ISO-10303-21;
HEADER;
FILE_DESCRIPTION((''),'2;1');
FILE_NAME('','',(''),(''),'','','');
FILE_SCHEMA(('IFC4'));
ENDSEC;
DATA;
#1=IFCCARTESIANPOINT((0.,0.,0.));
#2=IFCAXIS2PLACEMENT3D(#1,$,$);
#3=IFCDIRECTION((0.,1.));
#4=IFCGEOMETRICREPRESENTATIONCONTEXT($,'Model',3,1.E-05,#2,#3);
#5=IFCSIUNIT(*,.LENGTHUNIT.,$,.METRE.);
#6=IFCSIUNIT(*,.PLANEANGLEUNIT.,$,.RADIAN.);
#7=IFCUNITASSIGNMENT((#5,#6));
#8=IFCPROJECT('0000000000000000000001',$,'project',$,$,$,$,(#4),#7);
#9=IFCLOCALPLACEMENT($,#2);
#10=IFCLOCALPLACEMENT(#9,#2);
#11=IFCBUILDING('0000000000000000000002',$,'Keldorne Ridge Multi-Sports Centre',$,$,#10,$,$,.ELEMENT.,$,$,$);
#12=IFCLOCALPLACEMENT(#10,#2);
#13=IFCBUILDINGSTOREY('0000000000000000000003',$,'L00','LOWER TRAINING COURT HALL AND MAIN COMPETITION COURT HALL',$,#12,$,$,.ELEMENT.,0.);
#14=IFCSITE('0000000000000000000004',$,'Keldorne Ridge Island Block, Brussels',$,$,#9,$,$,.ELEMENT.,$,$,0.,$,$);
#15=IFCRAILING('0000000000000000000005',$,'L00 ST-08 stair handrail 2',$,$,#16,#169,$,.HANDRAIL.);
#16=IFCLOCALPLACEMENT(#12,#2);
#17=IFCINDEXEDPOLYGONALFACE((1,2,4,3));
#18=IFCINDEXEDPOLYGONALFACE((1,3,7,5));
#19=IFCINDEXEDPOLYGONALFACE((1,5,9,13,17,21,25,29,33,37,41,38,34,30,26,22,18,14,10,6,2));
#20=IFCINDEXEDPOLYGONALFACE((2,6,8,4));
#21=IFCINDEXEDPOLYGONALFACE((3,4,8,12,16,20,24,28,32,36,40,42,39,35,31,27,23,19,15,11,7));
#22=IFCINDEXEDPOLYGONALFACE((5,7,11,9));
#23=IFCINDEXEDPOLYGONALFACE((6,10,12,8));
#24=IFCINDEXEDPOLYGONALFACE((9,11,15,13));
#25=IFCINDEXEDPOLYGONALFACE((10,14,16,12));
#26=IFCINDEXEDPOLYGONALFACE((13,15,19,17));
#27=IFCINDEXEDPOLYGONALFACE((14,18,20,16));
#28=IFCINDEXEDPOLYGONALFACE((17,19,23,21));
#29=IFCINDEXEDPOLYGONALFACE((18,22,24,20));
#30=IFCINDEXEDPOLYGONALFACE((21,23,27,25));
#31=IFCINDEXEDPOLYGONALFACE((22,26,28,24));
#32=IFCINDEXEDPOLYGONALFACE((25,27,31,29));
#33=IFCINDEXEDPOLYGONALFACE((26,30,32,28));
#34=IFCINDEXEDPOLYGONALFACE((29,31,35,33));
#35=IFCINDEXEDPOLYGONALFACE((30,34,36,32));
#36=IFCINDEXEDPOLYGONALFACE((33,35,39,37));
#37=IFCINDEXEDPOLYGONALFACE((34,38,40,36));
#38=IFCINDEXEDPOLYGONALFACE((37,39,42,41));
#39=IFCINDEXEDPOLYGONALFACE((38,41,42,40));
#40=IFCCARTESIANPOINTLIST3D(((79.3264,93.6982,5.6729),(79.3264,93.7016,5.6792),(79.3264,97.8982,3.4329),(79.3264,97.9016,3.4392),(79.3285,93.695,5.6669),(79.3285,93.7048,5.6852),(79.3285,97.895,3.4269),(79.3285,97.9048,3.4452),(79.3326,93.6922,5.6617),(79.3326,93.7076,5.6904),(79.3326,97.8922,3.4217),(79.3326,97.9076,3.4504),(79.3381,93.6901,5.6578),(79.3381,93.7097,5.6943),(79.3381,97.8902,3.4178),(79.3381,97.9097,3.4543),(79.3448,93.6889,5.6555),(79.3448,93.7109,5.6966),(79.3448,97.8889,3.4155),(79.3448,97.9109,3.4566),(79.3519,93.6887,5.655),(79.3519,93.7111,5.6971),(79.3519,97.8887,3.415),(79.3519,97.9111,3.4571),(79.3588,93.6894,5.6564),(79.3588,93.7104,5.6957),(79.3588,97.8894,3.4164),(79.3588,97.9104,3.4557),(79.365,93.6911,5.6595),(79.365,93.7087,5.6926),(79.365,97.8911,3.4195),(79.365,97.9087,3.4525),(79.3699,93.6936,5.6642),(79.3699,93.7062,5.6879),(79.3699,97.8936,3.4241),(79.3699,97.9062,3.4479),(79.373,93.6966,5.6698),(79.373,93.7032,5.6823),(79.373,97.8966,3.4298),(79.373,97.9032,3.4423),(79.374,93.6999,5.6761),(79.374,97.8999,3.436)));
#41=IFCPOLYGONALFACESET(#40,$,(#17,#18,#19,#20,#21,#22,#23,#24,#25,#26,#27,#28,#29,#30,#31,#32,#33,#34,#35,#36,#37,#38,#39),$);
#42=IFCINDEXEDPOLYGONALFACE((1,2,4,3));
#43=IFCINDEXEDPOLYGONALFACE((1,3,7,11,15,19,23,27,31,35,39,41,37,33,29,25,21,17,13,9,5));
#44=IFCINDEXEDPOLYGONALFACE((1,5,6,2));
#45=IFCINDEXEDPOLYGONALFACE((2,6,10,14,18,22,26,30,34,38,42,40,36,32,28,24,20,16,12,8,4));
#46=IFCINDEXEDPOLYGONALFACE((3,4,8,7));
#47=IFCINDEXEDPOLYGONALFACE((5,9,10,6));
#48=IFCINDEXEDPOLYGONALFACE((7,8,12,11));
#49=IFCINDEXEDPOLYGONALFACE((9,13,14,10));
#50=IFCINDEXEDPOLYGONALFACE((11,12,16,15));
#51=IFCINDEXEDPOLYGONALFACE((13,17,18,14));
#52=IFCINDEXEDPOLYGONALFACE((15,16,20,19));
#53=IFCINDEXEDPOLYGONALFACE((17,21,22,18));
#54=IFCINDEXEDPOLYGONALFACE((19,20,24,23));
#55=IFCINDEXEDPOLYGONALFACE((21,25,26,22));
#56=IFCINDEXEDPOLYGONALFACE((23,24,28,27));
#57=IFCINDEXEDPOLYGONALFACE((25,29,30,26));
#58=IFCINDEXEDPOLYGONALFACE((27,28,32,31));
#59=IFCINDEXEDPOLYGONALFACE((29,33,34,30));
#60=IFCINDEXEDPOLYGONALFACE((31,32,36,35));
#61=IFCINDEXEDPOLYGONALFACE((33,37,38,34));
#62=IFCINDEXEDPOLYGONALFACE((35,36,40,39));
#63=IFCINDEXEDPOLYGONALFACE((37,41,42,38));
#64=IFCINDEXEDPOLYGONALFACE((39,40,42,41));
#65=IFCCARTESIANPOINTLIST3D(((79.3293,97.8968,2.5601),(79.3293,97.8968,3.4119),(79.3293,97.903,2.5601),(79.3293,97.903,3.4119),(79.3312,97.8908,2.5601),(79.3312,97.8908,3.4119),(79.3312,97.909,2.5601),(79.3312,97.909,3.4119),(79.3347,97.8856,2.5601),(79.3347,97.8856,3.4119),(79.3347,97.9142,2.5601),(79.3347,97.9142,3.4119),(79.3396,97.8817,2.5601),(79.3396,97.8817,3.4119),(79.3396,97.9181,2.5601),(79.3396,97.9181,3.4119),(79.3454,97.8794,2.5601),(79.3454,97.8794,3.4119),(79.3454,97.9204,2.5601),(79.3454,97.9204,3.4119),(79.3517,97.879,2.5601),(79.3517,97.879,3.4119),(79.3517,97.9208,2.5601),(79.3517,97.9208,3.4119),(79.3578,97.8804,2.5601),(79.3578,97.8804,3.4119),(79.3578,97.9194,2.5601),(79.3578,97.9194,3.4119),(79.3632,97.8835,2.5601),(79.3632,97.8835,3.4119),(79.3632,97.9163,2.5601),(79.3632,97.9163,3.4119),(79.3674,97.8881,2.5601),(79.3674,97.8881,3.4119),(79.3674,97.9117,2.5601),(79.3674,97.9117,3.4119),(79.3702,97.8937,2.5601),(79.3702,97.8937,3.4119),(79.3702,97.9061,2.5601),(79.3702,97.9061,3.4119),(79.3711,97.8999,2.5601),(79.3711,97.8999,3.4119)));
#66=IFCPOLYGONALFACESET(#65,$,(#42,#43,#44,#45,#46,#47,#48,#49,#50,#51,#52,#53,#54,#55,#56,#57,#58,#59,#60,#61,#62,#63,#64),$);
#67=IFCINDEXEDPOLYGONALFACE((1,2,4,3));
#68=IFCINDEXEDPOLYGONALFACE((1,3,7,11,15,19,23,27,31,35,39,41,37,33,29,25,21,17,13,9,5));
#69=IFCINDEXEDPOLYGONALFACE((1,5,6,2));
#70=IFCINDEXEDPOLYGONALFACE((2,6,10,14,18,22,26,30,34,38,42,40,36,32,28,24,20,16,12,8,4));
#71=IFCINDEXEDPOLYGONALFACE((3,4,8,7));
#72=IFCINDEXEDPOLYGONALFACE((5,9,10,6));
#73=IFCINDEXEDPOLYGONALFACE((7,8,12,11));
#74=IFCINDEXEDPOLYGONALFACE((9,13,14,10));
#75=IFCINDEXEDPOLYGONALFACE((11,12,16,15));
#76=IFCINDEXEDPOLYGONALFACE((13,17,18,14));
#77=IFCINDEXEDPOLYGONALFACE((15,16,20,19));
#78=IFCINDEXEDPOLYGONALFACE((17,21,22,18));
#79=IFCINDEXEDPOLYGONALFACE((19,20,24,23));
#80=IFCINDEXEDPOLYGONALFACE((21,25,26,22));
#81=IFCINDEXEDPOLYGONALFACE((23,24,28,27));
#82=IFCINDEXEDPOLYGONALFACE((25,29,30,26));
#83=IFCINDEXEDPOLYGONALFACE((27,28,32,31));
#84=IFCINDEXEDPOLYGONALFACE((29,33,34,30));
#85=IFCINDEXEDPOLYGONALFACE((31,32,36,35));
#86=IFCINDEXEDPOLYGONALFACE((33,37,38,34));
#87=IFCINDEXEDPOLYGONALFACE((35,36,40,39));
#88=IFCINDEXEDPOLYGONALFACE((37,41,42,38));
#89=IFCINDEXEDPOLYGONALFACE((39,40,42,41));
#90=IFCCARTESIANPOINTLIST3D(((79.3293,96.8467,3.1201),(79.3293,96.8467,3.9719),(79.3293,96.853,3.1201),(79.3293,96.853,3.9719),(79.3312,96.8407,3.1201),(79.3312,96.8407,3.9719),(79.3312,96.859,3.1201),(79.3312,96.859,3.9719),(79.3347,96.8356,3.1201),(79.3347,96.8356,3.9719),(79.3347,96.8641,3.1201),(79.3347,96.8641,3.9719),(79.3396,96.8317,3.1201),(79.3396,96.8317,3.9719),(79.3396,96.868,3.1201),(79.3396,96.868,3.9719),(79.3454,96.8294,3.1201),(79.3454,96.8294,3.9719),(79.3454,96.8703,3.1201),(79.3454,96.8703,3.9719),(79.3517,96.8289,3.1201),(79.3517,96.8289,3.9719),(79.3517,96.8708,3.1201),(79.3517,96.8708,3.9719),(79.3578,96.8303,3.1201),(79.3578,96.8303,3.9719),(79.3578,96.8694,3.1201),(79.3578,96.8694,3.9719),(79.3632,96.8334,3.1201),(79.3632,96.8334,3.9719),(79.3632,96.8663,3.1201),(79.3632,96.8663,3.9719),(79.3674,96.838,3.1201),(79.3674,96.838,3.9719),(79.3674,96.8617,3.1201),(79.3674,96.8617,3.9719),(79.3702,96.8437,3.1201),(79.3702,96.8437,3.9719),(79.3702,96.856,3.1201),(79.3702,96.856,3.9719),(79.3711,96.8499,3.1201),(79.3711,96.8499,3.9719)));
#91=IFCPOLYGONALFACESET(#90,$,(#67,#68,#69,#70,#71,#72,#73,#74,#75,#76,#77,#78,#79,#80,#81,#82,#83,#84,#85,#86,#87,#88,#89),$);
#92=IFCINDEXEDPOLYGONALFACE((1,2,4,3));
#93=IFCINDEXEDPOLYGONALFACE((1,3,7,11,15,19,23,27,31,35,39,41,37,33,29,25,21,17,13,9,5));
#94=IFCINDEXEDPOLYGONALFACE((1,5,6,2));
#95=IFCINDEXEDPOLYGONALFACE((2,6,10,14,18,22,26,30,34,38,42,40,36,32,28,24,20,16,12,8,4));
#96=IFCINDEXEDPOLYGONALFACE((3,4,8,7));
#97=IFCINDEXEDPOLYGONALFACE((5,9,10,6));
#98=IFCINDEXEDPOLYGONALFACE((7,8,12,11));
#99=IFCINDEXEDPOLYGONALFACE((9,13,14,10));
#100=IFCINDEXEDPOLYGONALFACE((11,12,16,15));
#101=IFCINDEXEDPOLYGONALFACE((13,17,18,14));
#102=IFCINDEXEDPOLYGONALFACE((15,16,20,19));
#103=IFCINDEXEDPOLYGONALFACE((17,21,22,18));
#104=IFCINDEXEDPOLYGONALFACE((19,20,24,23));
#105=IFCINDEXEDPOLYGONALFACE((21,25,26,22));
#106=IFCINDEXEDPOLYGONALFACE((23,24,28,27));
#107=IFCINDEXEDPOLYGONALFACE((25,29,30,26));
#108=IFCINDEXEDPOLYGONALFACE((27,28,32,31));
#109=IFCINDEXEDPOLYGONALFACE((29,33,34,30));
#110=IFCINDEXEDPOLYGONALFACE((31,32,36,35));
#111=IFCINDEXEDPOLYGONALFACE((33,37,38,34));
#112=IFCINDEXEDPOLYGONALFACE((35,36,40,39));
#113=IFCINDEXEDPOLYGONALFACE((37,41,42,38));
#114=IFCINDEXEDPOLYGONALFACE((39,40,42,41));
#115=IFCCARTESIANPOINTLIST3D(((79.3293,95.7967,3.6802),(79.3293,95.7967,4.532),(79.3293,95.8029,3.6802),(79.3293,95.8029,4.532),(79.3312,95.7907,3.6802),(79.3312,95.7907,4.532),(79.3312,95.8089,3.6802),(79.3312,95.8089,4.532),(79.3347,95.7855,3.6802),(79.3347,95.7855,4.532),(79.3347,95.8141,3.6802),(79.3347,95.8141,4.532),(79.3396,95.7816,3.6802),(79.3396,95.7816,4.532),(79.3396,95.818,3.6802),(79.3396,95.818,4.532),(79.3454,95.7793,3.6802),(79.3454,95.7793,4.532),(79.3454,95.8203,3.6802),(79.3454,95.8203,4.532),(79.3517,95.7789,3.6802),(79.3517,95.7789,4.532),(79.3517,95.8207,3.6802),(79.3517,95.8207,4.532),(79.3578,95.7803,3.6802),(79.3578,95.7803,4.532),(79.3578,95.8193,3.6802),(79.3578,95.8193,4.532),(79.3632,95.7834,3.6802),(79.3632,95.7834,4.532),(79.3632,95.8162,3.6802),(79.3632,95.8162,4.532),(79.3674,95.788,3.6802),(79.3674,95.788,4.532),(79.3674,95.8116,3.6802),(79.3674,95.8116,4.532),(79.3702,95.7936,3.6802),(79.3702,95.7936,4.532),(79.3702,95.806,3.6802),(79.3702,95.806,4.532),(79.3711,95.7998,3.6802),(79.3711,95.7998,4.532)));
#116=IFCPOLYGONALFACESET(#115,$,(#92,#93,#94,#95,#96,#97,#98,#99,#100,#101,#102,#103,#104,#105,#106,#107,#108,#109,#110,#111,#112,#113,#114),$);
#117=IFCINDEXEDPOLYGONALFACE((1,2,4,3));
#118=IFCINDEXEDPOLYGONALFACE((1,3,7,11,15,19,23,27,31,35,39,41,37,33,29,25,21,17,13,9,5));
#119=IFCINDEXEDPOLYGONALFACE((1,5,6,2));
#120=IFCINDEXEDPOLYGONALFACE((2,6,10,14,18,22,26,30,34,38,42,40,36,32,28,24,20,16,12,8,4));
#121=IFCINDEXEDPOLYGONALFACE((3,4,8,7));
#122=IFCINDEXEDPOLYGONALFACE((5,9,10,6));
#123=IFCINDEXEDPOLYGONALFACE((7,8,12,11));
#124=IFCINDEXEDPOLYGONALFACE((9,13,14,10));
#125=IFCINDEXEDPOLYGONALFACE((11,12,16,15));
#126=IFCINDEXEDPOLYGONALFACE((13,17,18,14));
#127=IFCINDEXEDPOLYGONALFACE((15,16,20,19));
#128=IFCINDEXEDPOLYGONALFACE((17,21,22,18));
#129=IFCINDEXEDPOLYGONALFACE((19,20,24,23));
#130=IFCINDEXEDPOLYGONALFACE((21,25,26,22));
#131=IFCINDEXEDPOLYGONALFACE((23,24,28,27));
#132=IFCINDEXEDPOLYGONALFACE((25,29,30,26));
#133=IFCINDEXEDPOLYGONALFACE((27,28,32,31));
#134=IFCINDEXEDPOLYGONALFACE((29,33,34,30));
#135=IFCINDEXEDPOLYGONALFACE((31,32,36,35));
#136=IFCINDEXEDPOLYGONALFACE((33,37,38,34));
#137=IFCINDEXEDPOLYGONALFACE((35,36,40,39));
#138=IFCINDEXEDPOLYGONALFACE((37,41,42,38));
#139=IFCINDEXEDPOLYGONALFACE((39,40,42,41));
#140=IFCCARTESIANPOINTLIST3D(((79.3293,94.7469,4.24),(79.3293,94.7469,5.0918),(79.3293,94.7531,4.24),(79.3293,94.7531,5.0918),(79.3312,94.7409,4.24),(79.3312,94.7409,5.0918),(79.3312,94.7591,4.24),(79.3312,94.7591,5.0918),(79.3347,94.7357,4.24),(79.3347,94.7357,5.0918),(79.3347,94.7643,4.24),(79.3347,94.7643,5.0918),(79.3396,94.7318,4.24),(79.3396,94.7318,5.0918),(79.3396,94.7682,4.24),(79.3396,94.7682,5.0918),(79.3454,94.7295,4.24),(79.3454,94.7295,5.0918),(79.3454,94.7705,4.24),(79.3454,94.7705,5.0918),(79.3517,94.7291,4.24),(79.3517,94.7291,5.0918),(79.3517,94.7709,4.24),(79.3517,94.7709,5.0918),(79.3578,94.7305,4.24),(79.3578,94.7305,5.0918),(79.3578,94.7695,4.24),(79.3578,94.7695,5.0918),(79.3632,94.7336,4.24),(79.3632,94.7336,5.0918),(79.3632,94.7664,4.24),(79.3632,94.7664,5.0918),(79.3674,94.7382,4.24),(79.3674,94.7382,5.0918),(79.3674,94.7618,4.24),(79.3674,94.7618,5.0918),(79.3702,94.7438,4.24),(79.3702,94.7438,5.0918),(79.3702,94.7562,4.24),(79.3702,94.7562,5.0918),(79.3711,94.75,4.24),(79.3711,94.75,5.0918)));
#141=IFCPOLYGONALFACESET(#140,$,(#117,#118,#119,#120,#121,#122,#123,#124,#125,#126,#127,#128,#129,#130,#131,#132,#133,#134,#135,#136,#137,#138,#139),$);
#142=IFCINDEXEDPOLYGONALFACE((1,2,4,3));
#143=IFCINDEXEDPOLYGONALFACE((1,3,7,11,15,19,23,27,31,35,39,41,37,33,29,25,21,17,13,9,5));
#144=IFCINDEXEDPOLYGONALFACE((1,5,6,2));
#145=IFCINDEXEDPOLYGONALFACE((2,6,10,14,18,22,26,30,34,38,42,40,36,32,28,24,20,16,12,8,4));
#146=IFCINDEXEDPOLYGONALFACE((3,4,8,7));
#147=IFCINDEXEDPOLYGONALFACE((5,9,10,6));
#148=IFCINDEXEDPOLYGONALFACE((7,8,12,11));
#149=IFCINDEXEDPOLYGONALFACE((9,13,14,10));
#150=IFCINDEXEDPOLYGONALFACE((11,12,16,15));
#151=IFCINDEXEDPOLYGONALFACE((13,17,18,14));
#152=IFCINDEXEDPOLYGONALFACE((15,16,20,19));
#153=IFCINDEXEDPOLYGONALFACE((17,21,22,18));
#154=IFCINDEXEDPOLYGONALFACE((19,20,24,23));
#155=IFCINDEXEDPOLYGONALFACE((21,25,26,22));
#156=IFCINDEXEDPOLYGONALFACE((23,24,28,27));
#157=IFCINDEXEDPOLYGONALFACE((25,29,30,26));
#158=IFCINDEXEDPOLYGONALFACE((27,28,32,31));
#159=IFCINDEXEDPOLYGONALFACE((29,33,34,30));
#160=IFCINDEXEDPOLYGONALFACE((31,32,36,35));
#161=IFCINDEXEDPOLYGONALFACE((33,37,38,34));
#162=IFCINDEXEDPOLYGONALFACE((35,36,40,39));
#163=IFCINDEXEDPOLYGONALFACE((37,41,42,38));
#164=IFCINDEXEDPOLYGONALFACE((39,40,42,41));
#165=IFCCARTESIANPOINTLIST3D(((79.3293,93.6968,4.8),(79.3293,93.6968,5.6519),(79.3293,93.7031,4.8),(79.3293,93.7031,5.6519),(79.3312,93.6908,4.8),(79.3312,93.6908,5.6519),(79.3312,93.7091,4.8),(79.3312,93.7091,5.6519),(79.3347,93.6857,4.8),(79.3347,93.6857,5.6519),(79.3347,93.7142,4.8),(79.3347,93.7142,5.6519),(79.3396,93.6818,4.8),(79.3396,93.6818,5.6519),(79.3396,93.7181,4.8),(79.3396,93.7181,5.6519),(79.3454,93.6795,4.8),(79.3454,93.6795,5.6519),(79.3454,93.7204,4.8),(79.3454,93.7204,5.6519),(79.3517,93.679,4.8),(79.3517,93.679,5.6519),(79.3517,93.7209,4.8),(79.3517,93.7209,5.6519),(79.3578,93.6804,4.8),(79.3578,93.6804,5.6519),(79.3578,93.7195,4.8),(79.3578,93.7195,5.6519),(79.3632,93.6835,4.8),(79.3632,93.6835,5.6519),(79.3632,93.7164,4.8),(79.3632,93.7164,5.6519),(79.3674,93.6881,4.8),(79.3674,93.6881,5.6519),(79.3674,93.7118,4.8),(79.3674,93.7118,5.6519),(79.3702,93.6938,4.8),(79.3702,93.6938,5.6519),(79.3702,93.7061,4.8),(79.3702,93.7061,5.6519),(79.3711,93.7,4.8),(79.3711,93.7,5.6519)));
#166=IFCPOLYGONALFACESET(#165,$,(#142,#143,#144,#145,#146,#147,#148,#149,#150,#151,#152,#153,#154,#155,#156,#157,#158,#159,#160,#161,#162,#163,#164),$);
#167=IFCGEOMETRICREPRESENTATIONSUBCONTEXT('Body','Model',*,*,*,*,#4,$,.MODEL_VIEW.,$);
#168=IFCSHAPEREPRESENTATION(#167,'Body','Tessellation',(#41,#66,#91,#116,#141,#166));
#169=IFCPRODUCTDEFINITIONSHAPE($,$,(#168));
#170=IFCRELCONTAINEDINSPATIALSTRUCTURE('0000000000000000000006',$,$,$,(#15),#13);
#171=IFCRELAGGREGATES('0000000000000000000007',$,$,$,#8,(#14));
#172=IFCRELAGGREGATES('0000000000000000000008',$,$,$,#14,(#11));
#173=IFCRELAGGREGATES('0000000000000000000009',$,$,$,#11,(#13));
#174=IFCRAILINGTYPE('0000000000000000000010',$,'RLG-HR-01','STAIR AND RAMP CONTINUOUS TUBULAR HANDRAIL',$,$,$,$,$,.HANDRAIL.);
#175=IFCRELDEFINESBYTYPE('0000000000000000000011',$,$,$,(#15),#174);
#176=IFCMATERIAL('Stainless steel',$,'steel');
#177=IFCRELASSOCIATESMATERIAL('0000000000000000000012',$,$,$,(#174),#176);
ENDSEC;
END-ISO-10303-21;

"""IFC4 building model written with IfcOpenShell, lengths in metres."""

from ifc_helpers import new_model, si_unit, direction, frame, origin, origin_2d, place, context, subcontext, project, spatial, circle, extrude, material, type_object, element, save


model = new_model("IFC4")

# Units and contexts
model_context = context("Model", 3, precision=1e-05, world=origin(), true_north=direction((0.0, 1.0)))
body_context = subcontext(model_context, "Body", "Model", "MODEL_VIEW")
ifc_project = project(units=[si_unit("LENGTHUNIT", "METRE"), si_unit("PLANEANGLEUNIT", "RADIAN")], contexts=[model_context])

# Site, building, storey
site_placement = place(None, origin())
site = spatial("IfcSite", under=ifc_project, at=site_placement, Name="Keldorne Ridge Island Block, Brussels", CompositionType="ELEMENT", RefElevation=0.0)
building_placement = place(site_placement, origin())
building = spatial("IfcBuilding", under=site, at=building_placement, Name="Keldorne Ridge Multi-Sports Centre", CompositionType="ELEMENT")
storey_placement = place(building_placement, origin())
storey = spatial("IfcBuildingStorey", under=building, at=storey_placement, Name="L00", Description="LOWER TRAINING COURT HALL AND MAIN COMPETITION COURT HALL", CompositionType="ELEMENT", Elevation=0.0)

# Railing
ifc_material_1 = material(Name="Stainless steel", Category="steel")
railing_type = type_object("IfcRailingType", Name="RLG-HR-01", Description="STAIR AND RAMP CONTINUOUS TUBULAR HANDRAIL", PredefinedType="HANDRAIL", material=ifc_material_1)
railing_placement = place(storey_placement, frame((79.3501, 97.8999, 2.5601)))
element("IfcRailing", 1, at=railing_placement, inside=storey, type_object=railing_type, Name="L00 ST-08 stair handrail 2", PredefinedType="HANDRAIL", context=body_context, shape_type="SweptSolid", body=[
    extrude(circle(Radius=0.0239, at=origin_2d()), frame((0.0, 0.0, 0.876), z_axis=(0.0, -0.882352, 0.470591), x_axis=(1.0, 0.0, 0.0)), (0.0, 0.0, 1.0), 4.76),
    extrude(circle(Radius=0.021, at=origin_2d()), origin(), (0.0, 0.0, 1.0), 0.8518),
    extrude(circle(Radius=0.021, at=origin_2d()), frame((0.0, -1.05, 0.5601)), (0.0, 0.0, 1.0), 0.8518),
    extrude(circle(Radius=0.021, at=origin_2d()), frame((0.0, -2.1001, 1.1201)), (0.0, 0.0, 1.0), 0.8518),
    extrude(circle(Radius=0.021, at=origin_2d()), frame((0.0, -3.1499, 1.6799)), (0.0, 0.0, 1.0), 0.8518),
    extrude(circle(Radius=0.021, at=origin_2d()), frame((0.0, -4.2, 2.24)), (0.0, 0.0, 1.0), 0.8518),
])

save(model, "model.ifc")
